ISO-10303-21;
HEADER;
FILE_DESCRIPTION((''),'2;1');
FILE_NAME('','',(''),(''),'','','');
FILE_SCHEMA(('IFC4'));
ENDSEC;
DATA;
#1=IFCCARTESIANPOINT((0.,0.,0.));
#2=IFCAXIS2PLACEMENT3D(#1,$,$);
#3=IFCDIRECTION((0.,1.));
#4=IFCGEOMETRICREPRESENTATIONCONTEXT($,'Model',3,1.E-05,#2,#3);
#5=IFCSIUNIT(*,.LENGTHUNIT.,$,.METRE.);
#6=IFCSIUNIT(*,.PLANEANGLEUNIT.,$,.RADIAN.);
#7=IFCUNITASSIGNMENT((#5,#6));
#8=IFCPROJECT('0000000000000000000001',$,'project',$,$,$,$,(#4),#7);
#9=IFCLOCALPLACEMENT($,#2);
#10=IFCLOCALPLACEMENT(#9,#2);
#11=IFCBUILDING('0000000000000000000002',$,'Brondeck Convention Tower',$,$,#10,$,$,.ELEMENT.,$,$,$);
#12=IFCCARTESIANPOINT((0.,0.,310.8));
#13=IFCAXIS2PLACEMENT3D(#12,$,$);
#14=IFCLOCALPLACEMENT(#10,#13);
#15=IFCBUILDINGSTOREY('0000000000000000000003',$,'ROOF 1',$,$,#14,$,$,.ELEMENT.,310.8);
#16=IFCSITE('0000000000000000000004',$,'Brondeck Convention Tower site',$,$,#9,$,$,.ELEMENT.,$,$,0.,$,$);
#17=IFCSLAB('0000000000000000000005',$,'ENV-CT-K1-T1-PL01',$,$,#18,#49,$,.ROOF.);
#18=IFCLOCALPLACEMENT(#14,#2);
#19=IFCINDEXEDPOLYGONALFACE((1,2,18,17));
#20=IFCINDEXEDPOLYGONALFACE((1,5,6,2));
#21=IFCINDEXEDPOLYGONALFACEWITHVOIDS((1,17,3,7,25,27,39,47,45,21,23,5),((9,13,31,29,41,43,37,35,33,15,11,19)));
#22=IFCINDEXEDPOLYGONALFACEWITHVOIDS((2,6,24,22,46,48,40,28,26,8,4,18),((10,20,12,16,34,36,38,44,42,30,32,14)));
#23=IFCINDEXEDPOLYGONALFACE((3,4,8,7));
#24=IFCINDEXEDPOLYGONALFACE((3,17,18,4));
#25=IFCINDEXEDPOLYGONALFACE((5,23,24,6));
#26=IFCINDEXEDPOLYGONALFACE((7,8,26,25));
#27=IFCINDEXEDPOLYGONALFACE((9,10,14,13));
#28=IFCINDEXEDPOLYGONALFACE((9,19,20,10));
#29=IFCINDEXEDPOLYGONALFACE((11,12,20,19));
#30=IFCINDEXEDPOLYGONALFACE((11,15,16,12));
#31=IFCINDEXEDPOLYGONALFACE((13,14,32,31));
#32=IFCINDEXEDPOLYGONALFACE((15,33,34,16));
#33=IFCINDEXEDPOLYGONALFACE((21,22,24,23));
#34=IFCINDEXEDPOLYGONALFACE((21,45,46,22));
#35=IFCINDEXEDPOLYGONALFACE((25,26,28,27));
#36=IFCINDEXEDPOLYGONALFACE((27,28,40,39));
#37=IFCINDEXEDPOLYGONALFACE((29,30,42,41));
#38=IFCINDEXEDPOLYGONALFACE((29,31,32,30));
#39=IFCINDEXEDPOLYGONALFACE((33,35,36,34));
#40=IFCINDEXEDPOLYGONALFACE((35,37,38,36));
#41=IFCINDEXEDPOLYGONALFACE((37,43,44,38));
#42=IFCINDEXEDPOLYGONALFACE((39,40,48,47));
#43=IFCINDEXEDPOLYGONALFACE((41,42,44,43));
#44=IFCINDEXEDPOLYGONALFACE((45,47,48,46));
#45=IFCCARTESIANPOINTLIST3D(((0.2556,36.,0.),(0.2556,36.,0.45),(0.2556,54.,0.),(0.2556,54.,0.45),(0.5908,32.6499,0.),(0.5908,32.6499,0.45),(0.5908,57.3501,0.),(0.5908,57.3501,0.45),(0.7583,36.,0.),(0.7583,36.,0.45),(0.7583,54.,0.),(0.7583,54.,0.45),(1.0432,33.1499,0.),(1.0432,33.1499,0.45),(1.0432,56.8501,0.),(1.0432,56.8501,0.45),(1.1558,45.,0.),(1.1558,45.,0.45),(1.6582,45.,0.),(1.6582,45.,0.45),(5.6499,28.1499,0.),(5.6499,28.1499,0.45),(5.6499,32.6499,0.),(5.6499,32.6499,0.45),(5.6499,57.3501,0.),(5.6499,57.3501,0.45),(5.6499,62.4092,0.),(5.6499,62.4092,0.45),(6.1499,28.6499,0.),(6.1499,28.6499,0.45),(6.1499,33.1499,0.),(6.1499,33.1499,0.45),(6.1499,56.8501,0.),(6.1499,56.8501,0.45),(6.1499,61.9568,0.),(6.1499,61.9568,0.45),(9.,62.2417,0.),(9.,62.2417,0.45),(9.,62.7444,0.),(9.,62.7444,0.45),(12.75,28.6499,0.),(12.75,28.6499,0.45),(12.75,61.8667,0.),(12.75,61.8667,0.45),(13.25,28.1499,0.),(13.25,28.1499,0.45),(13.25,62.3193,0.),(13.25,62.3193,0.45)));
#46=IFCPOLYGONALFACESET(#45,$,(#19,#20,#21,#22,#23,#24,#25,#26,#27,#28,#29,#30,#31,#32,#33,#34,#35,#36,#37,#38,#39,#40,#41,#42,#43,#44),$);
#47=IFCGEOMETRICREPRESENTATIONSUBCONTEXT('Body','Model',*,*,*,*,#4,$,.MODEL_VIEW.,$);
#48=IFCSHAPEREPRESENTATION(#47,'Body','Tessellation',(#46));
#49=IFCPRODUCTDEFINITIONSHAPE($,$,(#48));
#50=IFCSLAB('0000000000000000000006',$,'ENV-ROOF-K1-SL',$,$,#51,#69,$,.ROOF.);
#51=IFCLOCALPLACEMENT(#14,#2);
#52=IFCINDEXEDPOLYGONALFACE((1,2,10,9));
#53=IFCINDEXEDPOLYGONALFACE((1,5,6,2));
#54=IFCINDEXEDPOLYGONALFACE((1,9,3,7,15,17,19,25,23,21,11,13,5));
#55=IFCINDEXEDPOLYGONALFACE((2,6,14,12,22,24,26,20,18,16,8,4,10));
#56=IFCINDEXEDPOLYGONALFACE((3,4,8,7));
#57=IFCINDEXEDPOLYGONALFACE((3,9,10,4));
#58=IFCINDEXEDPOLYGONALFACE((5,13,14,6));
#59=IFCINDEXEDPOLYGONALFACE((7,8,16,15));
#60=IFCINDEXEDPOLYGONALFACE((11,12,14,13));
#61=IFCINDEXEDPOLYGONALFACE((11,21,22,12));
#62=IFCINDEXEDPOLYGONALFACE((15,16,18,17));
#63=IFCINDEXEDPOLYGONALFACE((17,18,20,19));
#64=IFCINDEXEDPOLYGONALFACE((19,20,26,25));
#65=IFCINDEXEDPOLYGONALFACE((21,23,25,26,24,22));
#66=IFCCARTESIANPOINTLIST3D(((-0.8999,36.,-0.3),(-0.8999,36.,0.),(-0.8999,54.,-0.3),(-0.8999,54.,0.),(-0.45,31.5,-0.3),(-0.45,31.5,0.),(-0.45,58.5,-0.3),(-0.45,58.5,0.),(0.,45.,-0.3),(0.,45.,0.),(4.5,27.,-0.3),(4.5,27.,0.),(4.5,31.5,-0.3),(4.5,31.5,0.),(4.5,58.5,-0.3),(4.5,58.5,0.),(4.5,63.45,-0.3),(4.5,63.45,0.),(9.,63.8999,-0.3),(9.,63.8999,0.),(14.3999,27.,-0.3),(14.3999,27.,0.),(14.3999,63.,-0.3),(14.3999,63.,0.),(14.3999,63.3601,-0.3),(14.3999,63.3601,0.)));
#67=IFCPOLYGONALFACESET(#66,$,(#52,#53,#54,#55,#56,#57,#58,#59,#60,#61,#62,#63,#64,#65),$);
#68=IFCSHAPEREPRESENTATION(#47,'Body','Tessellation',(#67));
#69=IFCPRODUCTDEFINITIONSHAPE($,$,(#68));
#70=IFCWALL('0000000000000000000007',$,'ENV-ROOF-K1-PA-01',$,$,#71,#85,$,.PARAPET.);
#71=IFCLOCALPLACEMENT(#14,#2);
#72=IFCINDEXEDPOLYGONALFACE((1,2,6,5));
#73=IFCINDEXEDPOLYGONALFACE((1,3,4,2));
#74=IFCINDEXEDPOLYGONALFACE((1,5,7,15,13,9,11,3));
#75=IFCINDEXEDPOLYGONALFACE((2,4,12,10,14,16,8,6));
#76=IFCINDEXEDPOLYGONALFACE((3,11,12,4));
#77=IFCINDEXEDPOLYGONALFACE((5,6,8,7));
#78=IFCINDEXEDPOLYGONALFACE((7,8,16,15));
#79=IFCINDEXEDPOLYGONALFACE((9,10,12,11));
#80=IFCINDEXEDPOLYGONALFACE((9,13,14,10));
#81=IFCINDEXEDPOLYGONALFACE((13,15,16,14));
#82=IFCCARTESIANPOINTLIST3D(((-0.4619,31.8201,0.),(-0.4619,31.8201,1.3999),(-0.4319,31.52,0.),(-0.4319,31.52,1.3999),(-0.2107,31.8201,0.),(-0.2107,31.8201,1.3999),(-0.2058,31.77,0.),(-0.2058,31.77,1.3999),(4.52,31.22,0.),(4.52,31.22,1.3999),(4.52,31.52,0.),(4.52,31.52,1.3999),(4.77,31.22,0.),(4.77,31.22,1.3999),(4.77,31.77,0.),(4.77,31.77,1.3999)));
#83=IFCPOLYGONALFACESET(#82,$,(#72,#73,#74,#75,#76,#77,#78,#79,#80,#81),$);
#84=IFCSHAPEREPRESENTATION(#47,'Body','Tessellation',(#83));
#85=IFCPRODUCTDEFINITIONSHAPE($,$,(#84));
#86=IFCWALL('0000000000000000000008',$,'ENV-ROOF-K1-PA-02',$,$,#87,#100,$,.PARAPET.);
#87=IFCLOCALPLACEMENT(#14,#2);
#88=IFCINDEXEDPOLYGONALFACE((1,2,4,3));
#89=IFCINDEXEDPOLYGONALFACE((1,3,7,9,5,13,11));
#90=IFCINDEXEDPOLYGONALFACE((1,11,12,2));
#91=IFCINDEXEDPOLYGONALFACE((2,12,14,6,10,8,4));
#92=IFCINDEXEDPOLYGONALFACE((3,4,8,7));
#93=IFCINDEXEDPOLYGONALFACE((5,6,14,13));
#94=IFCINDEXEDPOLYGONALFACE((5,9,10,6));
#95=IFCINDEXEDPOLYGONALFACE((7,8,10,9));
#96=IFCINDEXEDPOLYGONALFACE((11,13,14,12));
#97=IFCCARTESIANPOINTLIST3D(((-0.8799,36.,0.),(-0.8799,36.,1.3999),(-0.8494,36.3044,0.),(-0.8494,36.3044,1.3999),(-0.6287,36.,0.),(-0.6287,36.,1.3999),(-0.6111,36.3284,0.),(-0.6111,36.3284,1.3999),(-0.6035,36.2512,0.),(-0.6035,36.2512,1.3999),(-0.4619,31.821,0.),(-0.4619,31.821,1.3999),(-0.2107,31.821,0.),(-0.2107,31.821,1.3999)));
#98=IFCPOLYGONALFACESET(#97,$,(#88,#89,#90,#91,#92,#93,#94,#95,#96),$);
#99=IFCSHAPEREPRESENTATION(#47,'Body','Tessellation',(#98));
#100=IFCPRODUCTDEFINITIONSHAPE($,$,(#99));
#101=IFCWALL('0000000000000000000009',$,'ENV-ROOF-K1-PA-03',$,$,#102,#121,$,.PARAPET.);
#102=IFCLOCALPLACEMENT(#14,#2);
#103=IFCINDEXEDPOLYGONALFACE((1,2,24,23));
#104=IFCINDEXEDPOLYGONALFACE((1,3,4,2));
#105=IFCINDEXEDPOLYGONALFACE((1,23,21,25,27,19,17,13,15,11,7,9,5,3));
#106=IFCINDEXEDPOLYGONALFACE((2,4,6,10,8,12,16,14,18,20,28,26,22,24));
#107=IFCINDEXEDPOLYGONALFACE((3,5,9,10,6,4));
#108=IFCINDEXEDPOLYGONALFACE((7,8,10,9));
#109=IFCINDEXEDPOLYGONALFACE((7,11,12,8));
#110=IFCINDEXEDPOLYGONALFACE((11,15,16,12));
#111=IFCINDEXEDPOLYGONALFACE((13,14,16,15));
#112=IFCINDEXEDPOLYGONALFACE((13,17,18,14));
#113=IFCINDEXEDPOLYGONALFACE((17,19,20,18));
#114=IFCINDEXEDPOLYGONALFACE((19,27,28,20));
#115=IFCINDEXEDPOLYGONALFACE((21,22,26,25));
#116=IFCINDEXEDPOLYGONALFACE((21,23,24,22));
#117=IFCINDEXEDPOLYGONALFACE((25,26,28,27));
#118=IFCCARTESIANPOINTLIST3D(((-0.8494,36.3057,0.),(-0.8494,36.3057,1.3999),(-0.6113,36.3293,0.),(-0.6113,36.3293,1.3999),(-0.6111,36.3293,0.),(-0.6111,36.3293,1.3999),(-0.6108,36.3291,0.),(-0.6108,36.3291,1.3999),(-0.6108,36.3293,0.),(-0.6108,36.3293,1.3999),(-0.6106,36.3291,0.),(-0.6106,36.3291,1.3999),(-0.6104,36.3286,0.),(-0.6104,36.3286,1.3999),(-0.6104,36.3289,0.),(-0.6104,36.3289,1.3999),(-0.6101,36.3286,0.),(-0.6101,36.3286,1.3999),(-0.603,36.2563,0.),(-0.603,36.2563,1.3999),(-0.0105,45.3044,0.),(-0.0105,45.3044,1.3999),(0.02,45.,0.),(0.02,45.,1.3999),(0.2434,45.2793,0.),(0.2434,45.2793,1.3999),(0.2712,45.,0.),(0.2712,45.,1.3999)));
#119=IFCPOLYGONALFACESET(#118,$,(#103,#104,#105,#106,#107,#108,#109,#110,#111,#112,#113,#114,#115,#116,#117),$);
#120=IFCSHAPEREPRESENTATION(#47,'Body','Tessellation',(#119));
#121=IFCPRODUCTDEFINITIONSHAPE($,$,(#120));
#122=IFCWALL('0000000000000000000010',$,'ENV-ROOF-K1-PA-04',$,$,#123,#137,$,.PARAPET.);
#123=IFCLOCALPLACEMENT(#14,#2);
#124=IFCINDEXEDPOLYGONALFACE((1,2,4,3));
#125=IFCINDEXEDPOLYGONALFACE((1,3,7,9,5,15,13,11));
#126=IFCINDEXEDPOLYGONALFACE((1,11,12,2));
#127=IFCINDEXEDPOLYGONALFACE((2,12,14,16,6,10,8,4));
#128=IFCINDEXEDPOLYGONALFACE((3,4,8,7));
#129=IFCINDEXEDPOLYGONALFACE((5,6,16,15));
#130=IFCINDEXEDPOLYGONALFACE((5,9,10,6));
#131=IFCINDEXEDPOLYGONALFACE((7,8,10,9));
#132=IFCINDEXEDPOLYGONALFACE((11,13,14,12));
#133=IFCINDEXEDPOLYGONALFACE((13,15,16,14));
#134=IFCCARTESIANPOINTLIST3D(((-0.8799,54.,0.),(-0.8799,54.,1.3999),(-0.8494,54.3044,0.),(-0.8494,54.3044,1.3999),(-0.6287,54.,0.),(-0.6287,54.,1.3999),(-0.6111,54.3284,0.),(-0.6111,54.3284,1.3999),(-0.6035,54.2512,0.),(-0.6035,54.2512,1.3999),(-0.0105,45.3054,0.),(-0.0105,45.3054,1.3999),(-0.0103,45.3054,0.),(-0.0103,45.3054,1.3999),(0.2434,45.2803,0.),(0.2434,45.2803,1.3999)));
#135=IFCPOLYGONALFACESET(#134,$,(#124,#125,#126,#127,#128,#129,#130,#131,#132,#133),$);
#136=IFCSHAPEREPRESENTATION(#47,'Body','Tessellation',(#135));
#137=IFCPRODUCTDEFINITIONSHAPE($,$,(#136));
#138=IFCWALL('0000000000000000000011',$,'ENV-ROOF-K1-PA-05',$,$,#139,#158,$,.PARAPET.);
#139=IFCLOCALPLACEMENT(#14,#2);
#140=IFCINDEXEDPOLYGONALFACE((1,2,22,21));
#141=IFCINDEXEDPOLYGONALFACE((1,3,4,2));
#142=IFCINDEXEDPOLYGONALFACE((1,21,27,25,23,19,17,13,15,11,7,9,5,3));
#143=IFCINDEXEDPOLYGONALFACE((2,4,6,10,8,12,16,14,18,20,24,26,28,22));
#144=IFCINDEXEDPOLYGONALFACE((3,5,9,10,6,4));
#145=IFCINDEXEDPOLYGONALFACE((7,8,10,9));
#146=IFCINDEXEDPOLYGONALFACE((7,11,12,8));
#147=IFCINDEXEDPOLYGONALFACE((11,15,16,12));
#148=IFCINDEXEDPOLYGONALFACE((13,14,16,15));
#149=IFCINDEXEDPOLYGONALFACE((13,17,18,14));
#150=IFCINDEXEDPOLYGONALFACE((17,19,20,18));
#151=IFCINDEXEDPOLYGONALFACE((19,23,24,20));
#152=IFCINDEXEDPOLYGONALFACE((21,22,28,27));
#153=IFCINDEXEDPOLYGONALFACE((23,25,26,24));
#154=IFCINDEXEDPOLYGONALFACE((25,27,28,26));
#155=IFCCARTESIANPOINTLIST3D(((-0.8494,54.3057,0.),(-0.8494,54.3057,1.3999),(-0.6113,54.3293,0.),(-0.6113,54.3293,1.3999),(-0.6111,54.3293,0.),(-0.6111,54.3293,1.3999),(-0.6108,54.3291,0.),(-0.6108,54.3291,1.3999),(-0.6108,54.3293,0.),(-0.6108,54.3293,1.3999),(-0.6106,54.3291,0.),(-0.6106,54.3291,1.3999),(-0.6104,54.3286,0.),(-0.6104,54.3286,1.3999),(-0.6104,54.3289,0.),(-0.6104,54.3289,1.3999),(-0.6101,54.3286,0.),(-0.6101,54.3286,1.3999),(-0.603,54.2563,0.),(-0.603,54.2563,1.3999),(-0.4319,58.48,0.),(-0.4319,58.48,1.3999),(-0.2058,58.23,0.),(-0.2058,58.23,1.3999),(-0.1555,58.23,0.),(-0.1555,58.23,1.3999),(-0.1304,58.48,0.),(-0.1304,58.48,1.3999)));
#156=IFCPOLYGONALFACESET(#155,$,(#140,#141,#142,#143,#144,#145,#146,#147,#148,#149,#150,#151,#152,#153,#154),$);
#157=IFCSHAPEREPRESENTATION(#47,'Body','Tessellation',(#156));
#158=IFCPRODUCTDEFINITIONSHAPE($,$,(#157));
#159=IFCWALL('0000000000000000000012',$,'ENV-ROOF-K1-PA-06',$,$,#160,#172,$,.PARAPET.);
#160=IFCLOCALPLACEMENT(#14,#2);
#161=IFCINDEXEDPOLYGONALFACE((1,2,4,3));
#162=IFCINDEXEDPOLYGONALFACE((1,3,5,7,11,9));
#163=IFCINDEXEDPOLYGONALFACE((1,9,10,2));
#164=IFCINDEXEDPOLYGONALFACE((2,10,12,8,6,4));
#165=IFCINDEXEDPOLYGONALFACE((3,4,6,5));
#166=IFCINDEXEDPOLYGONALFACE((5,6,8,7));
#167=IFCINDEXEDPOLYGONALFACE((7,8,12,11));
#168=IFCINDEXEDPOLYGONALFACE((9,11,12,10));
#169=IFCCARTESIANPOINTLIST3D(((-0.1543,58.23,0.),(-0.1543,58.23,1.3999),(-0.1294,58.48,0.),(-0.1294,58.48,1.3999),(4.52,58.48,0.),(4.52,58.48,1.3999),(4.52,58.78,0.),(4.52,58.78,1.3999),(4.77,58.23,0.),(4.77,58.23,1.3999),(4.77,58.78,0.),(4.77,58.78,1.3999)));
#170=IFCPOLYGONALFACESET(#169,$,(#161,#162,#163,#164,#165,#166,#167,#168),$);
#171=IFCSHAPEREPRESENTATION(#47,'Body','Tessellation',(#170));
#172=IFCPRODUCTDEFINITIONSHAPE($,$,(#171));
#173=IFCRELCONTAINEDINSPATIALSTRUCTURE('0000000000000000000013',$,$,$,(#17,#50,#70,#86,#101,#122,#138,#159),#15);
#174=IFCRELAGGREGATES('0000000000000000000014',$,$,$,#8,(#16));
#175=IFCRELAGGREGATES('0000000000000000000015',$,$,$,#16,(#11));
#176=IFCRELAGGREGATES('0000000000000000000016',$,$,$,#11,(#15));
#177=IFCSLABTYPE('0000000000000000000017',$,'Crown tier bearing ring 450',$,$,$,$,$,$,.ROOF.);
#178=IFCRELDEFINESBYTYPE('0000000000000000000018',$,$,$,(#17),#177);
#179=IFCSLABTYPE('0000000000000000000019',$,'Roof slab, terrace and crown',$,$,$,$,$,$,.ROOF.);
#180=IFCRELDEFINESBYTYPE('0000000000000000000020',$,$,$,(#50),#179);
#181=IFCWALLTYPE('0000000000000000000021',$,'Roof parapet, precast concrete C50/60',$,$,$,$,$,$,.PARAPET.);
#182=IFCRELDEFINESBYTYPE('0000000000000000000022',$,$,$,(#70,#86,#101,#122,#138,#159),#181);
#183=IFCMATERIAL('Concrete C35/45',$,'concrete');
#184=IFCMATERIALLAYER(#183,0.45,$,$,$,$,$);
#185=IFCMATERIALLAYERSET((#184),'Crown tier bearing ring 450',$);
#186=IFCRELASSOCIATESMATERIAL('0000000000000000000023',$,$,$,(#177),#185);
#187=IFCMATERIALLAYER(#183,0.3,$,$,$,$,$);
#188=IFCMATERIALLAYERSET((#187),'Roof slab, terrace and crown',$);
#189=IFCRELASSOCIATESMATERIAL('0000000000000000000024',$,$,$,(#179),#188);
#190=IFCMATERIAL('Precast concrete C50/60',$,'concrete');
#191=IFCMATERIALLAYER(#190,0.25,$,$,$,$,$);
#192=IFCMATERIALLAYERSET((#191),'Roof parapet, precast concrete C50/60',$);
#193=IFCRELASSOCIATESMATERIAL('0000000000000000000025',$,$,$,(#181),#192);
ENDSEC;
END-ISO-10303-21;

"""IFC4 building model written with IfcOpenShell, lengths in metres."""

from ifc_helpers import new_model, si_unit, direction, frame, origin, place, context, subcontext, project, spatial, polyline, outline, extrude, material, layer, layer_set, type_object, element, save


model = new_model("IFC4")

# Units and contexts
model_context = context("Model", 3, precision=1e-05, world=origin(), true_north=direction((0.0, 1.0)))
body_context = subcontext(model_context, "Body", "Model", "MODEL_VIEW")
ifc_project = project(units=[si_unit("LENGTHUNIT", "METRE"), si_unit("PLANEANGLEUNIT", "RADIAN")], contexts=[model_context])

# Site, building, storey
site_placement = place(None, origin())
site = spatial("IfcSite", under=ifc_project, at=site_placement, Name="Brondeck Convention Tower site", CompositionType="ELEMENT", RefElevation=0.0)
building_placement = place(site_placement, origin())
building = spatial("IfcBuilding", under=site, at=building_placement, Name="Brondeck Convention Tower", CompositionType="ELEMENT")
storey_placement = place(building_placement, frame((0.0, 0.0, 310.8)))
storey = spatial("IfcBuildingStorey", under=building, at=storey_placement, Name="ROOF 1", CompositionType="ELEMENT", Elevation=310.8)

# Slabs
ifc_material_1 = material(Name="Concrete C35/45", Category="concrete")
ifc_layer_1 = layer(ifc_material_1, 0.45)
ifc_layer_set_1 = layer_set([ifc_layer_1], Name="Crown tier bearing ring 450")
slab_type_1 = type_object("IfcSlabType", Name="Crown tier bearing ring 450", PredefinedType="ROOF", material=ifc_layer_set_1)
slab_1_placement = place(storey_placement, origin())
element("IfcSlab", 1, at=slab_1_placement, inside=storey, type_object=slab_type_1, Name="ENV-CT-K1-T1-PL01", PredefinedType="ROOF", context=body_context, shape_type="SweptSolid", body=[
    extrude(outline(polyline([(5.6499, 32.6499), (5.6499, 28.1499), (13.25, 28.1499), (13.25, 62.3193), (9.0, 62.7444), (5.6499, 62.4092), (5.6499, 57.3501), (0.5908, 57.3501), (0.2556, 54.0), (1.1558, 45.0), (0.2556, 36.0), (0.5908, 32.6499), (5.6499, 32.6499)]), holes=[polyline([(12.75, 28.6499), (6.1499, 28.6499), (6.1499, 33.1499), (1.0432, 33.1499), (0.7583, 36.0), (1.6582, 45.0), (0.7583, 54.0), (1.0432, 56.8501), (6.1499, 56.8501), (6.1499, 61.9568), (9.0, 62.2417), (12.75, 61.8667), (12.75, 28.6499)])]), origin(), (0.0, 0.0, 1.0), 0.45),
])
ifc_layer_2 = layer(ifc_material_1, 0.3)
ifc_layer_set_2 = layer_set([ifc_layer_2], Name="Roof slab, terrace and crown")
slab_type_2 = type_object("IfcSlabType", Name="Roof slab, terrace and crown", PredefinedType="ROOF", material=ifc_layer_set_2)
slab_2_placement = place(storey_placement, frame((0.0, 0.0, -0.3)))
element("IfcSlab", 2, at=slab_2_placement, inside=storey, type_object=slab_type_2, Name="ENV-ROOF-K1-SL", PredefinedType="ROOF", context=body_context, shape_type="SweptSolid", body=[
    extrude(outline(polyline([(4.5, 27.0), (14.3999, 27.0), (14.3999, 63.0), (14.3999, 63.3601), (9.0, 63.8999), (4.5, 63.45), (4.5, 58.5), (-0.45, 58.5), (-0.8999, 54.0), (0.0, 45.0), (-0.8999, 36.0), (-0.45, 31.5), (4.5, 31.5), (4.5, 27.0)])), origin(), (0.0, 0.0, 1.0), 0.3),
])

# Walls
ifc_material_2 = material(Name="Precast concrete C50/60", Category="concrete")
ifc_layer_3 = layer(ifc_material_2, 0.25)
ifc_layer_set_3 = layer_set([ifc_layer_3], Name="Roof parapet, precast concrete C50/60")
wall_type = type_object("IfcWallType", Name="Roof parapet, precast concrete C50/60", PredefinedType="PARAPET", material=ifc_layer_set_3)
wall_1_placement = place(storey_placement, origin())
element("IfcWall", 3, at=wall_1_placement, inside=storey, type_object=wall_type, Name="ENV-ROOF-K1-PA-01", PredefinedType="PARAPET", context=body_context, shape_type="SweptSolid", body=[
    extrude(outline(polyline([(-0.2107, 31.8201), (-0.4619, 31.8201), (-0.4319, 31.52), (4.52, 31.52), (4.52, 31.22), (4.77, 31.22), (4.77, 31.77), (-0.2058, 31.77), (-0.2107, 31.8201)])), origin(), (0.0, 0.0, 1.0), 1.3999),
])
wall_2_placement = place(storey_placement, origin())
element("IfcWall", 4, at=wall_2_placement, inside=storey, type_object=wall_type, Name="ENV-ROOF-K1-PA-02", PredefinedType="PARAPET", context=body_context, shape_type="SweptSolid", body=[
    extrude(outline(polyline([(-0.6035, 36.2512), (-0.6111, 36.3284), (-0.8494, 36.3044), (-0.8799, 36.0), (-0.4619, 31.821), (-0.4619, 31.821), (-0.4619, 31.821), (-0.2107, 31.821), (-0.6287, 36.0), (-0.6035, 36.2512)])), origin(), (0.0, 0.0, 1.0), 1.3999),
])
wall_3_placement = place(storey_placement, origin())
element("IfcWall", 5, at=wall_3_placement, inside=storey, type_object=wall_type, Name="ENV-ROOF-K1-PA-03", PredefinedType="PARAPET", context=body_context, shape_type="SweptSolid", body=[
    extrude(outline(polyline([(0.2712, 45.0), (0.2434, 45.2793), (-0.0105, 45.3044), (0.02, 45.0), (-0.8494, 36.3057), (-0.6113, 36.3293), (-0.6111, 36.3293), (-0.6111, 36.3293), (-0.6111, 36.3293), (-0.6111, 36.3293), (-0.6108, 36.3293), (-0.6108, 36.3291), (-0.6106, 36.3291), (-0.6106, 36.3291), (-0.6106, 36.3291), (-0.6106, 36.3291), (-0.6104, 36.3289), (-0.6104, 36.3289), (-0.6104, 36.3286), (-0.6104, 36.3286), (-0.6104, 36.3286), (-0.6101, 36.3286), (-0.603, 36.2563), (0.2712, 45.0)])), origin(), (0.0, 0.0, 1.0), 1.3999),
])
wall_4_placement = place(storey_placement, origin())
element("IfcWall", 6, at=wall_4_placement, inside=storey, type_object=wall_type, Name="ENV-ROOF-K1-PA-04", PredefinedType="PARAPET", context=body_context, shape_type="SweptSolid", body=[
    extrude(outline(polyline([(-0.6035, 54.2512), (-0.6111, 54.3284), (-0.8494, 54.3044), (-0.8799, 54.0), (-0.0105, 45.3054), (-0.0105, 45.3054), (-0.0105, 45.3054), (-0.0103, 45.3054), (0.2434, 45.2803), (-0.6287, 54.0), (-0.6035, 54.2512)])), origin(), (0.0, 0.0, 1.0), 1.3999),
])
wall_5_placement = place(storey_placement, origin())
element("IfcWall", 7, at=wall_5_placement, inside=storey, type_object=wall_type, Name="ENV-ROOF-K1-PA-05", PredefinedType="PARAPET", context=body_context, shape_type="SweptSolid", body=[
    extrude(outline(polyline([(-0.2058, 58.23), (-0.1555, 58.23), (-0.1304, 58.48), (-0.4319, 58.48), (-0.8494, 54.3057), (-0.6113, 54.3293), (-0.6111, 54.3293), (-0.6111, 54.3293), (-0.6111, 54.3293), (-0.6111, 54.3293), (-0.6108, 54.3293), (-0.6108, 54.3291), (-0.6106, 54.3291), (-0.6106, 54.3291), (-0.6106, 54.3291), (-0.6106, 54.3291), (-0.6104, 54.3289), (-0.6104, 54.3289), (-0.6104, 54.3286), (-0.6104, 54.3286), (-0.6104, 54.3286), (-0.6101, 54.3286), (-0.603, 54.2563), (-0.2058, 58.23)])), origin(), (0.0, 0.0, 1.0), 1.3999),
])
wall_6_placement = place(storey_placement, origin())
element("IfcWall", 8, at=wall_6_placement, inside=storey, type_object=wall_type, Name="ENV-ROOF-K1-PA-06", PredefinedType="PARAPET", context=body_context, shape_type="SweptSolid", body=[
    extrude(outline(polyline([(4.77, 58.23), (4.77, 58.78), (4.52, 58.78), (4.52, 58.48), (-0.1294, 58.48), (-0.1294, 58.48), (-0.1294, 58.48), (-0.1543, 58.23), (4.77, 58.23)])), origin(), (0.0, 0.0, 1.0), 1.3999),
])

save(model, "model.ifc")
